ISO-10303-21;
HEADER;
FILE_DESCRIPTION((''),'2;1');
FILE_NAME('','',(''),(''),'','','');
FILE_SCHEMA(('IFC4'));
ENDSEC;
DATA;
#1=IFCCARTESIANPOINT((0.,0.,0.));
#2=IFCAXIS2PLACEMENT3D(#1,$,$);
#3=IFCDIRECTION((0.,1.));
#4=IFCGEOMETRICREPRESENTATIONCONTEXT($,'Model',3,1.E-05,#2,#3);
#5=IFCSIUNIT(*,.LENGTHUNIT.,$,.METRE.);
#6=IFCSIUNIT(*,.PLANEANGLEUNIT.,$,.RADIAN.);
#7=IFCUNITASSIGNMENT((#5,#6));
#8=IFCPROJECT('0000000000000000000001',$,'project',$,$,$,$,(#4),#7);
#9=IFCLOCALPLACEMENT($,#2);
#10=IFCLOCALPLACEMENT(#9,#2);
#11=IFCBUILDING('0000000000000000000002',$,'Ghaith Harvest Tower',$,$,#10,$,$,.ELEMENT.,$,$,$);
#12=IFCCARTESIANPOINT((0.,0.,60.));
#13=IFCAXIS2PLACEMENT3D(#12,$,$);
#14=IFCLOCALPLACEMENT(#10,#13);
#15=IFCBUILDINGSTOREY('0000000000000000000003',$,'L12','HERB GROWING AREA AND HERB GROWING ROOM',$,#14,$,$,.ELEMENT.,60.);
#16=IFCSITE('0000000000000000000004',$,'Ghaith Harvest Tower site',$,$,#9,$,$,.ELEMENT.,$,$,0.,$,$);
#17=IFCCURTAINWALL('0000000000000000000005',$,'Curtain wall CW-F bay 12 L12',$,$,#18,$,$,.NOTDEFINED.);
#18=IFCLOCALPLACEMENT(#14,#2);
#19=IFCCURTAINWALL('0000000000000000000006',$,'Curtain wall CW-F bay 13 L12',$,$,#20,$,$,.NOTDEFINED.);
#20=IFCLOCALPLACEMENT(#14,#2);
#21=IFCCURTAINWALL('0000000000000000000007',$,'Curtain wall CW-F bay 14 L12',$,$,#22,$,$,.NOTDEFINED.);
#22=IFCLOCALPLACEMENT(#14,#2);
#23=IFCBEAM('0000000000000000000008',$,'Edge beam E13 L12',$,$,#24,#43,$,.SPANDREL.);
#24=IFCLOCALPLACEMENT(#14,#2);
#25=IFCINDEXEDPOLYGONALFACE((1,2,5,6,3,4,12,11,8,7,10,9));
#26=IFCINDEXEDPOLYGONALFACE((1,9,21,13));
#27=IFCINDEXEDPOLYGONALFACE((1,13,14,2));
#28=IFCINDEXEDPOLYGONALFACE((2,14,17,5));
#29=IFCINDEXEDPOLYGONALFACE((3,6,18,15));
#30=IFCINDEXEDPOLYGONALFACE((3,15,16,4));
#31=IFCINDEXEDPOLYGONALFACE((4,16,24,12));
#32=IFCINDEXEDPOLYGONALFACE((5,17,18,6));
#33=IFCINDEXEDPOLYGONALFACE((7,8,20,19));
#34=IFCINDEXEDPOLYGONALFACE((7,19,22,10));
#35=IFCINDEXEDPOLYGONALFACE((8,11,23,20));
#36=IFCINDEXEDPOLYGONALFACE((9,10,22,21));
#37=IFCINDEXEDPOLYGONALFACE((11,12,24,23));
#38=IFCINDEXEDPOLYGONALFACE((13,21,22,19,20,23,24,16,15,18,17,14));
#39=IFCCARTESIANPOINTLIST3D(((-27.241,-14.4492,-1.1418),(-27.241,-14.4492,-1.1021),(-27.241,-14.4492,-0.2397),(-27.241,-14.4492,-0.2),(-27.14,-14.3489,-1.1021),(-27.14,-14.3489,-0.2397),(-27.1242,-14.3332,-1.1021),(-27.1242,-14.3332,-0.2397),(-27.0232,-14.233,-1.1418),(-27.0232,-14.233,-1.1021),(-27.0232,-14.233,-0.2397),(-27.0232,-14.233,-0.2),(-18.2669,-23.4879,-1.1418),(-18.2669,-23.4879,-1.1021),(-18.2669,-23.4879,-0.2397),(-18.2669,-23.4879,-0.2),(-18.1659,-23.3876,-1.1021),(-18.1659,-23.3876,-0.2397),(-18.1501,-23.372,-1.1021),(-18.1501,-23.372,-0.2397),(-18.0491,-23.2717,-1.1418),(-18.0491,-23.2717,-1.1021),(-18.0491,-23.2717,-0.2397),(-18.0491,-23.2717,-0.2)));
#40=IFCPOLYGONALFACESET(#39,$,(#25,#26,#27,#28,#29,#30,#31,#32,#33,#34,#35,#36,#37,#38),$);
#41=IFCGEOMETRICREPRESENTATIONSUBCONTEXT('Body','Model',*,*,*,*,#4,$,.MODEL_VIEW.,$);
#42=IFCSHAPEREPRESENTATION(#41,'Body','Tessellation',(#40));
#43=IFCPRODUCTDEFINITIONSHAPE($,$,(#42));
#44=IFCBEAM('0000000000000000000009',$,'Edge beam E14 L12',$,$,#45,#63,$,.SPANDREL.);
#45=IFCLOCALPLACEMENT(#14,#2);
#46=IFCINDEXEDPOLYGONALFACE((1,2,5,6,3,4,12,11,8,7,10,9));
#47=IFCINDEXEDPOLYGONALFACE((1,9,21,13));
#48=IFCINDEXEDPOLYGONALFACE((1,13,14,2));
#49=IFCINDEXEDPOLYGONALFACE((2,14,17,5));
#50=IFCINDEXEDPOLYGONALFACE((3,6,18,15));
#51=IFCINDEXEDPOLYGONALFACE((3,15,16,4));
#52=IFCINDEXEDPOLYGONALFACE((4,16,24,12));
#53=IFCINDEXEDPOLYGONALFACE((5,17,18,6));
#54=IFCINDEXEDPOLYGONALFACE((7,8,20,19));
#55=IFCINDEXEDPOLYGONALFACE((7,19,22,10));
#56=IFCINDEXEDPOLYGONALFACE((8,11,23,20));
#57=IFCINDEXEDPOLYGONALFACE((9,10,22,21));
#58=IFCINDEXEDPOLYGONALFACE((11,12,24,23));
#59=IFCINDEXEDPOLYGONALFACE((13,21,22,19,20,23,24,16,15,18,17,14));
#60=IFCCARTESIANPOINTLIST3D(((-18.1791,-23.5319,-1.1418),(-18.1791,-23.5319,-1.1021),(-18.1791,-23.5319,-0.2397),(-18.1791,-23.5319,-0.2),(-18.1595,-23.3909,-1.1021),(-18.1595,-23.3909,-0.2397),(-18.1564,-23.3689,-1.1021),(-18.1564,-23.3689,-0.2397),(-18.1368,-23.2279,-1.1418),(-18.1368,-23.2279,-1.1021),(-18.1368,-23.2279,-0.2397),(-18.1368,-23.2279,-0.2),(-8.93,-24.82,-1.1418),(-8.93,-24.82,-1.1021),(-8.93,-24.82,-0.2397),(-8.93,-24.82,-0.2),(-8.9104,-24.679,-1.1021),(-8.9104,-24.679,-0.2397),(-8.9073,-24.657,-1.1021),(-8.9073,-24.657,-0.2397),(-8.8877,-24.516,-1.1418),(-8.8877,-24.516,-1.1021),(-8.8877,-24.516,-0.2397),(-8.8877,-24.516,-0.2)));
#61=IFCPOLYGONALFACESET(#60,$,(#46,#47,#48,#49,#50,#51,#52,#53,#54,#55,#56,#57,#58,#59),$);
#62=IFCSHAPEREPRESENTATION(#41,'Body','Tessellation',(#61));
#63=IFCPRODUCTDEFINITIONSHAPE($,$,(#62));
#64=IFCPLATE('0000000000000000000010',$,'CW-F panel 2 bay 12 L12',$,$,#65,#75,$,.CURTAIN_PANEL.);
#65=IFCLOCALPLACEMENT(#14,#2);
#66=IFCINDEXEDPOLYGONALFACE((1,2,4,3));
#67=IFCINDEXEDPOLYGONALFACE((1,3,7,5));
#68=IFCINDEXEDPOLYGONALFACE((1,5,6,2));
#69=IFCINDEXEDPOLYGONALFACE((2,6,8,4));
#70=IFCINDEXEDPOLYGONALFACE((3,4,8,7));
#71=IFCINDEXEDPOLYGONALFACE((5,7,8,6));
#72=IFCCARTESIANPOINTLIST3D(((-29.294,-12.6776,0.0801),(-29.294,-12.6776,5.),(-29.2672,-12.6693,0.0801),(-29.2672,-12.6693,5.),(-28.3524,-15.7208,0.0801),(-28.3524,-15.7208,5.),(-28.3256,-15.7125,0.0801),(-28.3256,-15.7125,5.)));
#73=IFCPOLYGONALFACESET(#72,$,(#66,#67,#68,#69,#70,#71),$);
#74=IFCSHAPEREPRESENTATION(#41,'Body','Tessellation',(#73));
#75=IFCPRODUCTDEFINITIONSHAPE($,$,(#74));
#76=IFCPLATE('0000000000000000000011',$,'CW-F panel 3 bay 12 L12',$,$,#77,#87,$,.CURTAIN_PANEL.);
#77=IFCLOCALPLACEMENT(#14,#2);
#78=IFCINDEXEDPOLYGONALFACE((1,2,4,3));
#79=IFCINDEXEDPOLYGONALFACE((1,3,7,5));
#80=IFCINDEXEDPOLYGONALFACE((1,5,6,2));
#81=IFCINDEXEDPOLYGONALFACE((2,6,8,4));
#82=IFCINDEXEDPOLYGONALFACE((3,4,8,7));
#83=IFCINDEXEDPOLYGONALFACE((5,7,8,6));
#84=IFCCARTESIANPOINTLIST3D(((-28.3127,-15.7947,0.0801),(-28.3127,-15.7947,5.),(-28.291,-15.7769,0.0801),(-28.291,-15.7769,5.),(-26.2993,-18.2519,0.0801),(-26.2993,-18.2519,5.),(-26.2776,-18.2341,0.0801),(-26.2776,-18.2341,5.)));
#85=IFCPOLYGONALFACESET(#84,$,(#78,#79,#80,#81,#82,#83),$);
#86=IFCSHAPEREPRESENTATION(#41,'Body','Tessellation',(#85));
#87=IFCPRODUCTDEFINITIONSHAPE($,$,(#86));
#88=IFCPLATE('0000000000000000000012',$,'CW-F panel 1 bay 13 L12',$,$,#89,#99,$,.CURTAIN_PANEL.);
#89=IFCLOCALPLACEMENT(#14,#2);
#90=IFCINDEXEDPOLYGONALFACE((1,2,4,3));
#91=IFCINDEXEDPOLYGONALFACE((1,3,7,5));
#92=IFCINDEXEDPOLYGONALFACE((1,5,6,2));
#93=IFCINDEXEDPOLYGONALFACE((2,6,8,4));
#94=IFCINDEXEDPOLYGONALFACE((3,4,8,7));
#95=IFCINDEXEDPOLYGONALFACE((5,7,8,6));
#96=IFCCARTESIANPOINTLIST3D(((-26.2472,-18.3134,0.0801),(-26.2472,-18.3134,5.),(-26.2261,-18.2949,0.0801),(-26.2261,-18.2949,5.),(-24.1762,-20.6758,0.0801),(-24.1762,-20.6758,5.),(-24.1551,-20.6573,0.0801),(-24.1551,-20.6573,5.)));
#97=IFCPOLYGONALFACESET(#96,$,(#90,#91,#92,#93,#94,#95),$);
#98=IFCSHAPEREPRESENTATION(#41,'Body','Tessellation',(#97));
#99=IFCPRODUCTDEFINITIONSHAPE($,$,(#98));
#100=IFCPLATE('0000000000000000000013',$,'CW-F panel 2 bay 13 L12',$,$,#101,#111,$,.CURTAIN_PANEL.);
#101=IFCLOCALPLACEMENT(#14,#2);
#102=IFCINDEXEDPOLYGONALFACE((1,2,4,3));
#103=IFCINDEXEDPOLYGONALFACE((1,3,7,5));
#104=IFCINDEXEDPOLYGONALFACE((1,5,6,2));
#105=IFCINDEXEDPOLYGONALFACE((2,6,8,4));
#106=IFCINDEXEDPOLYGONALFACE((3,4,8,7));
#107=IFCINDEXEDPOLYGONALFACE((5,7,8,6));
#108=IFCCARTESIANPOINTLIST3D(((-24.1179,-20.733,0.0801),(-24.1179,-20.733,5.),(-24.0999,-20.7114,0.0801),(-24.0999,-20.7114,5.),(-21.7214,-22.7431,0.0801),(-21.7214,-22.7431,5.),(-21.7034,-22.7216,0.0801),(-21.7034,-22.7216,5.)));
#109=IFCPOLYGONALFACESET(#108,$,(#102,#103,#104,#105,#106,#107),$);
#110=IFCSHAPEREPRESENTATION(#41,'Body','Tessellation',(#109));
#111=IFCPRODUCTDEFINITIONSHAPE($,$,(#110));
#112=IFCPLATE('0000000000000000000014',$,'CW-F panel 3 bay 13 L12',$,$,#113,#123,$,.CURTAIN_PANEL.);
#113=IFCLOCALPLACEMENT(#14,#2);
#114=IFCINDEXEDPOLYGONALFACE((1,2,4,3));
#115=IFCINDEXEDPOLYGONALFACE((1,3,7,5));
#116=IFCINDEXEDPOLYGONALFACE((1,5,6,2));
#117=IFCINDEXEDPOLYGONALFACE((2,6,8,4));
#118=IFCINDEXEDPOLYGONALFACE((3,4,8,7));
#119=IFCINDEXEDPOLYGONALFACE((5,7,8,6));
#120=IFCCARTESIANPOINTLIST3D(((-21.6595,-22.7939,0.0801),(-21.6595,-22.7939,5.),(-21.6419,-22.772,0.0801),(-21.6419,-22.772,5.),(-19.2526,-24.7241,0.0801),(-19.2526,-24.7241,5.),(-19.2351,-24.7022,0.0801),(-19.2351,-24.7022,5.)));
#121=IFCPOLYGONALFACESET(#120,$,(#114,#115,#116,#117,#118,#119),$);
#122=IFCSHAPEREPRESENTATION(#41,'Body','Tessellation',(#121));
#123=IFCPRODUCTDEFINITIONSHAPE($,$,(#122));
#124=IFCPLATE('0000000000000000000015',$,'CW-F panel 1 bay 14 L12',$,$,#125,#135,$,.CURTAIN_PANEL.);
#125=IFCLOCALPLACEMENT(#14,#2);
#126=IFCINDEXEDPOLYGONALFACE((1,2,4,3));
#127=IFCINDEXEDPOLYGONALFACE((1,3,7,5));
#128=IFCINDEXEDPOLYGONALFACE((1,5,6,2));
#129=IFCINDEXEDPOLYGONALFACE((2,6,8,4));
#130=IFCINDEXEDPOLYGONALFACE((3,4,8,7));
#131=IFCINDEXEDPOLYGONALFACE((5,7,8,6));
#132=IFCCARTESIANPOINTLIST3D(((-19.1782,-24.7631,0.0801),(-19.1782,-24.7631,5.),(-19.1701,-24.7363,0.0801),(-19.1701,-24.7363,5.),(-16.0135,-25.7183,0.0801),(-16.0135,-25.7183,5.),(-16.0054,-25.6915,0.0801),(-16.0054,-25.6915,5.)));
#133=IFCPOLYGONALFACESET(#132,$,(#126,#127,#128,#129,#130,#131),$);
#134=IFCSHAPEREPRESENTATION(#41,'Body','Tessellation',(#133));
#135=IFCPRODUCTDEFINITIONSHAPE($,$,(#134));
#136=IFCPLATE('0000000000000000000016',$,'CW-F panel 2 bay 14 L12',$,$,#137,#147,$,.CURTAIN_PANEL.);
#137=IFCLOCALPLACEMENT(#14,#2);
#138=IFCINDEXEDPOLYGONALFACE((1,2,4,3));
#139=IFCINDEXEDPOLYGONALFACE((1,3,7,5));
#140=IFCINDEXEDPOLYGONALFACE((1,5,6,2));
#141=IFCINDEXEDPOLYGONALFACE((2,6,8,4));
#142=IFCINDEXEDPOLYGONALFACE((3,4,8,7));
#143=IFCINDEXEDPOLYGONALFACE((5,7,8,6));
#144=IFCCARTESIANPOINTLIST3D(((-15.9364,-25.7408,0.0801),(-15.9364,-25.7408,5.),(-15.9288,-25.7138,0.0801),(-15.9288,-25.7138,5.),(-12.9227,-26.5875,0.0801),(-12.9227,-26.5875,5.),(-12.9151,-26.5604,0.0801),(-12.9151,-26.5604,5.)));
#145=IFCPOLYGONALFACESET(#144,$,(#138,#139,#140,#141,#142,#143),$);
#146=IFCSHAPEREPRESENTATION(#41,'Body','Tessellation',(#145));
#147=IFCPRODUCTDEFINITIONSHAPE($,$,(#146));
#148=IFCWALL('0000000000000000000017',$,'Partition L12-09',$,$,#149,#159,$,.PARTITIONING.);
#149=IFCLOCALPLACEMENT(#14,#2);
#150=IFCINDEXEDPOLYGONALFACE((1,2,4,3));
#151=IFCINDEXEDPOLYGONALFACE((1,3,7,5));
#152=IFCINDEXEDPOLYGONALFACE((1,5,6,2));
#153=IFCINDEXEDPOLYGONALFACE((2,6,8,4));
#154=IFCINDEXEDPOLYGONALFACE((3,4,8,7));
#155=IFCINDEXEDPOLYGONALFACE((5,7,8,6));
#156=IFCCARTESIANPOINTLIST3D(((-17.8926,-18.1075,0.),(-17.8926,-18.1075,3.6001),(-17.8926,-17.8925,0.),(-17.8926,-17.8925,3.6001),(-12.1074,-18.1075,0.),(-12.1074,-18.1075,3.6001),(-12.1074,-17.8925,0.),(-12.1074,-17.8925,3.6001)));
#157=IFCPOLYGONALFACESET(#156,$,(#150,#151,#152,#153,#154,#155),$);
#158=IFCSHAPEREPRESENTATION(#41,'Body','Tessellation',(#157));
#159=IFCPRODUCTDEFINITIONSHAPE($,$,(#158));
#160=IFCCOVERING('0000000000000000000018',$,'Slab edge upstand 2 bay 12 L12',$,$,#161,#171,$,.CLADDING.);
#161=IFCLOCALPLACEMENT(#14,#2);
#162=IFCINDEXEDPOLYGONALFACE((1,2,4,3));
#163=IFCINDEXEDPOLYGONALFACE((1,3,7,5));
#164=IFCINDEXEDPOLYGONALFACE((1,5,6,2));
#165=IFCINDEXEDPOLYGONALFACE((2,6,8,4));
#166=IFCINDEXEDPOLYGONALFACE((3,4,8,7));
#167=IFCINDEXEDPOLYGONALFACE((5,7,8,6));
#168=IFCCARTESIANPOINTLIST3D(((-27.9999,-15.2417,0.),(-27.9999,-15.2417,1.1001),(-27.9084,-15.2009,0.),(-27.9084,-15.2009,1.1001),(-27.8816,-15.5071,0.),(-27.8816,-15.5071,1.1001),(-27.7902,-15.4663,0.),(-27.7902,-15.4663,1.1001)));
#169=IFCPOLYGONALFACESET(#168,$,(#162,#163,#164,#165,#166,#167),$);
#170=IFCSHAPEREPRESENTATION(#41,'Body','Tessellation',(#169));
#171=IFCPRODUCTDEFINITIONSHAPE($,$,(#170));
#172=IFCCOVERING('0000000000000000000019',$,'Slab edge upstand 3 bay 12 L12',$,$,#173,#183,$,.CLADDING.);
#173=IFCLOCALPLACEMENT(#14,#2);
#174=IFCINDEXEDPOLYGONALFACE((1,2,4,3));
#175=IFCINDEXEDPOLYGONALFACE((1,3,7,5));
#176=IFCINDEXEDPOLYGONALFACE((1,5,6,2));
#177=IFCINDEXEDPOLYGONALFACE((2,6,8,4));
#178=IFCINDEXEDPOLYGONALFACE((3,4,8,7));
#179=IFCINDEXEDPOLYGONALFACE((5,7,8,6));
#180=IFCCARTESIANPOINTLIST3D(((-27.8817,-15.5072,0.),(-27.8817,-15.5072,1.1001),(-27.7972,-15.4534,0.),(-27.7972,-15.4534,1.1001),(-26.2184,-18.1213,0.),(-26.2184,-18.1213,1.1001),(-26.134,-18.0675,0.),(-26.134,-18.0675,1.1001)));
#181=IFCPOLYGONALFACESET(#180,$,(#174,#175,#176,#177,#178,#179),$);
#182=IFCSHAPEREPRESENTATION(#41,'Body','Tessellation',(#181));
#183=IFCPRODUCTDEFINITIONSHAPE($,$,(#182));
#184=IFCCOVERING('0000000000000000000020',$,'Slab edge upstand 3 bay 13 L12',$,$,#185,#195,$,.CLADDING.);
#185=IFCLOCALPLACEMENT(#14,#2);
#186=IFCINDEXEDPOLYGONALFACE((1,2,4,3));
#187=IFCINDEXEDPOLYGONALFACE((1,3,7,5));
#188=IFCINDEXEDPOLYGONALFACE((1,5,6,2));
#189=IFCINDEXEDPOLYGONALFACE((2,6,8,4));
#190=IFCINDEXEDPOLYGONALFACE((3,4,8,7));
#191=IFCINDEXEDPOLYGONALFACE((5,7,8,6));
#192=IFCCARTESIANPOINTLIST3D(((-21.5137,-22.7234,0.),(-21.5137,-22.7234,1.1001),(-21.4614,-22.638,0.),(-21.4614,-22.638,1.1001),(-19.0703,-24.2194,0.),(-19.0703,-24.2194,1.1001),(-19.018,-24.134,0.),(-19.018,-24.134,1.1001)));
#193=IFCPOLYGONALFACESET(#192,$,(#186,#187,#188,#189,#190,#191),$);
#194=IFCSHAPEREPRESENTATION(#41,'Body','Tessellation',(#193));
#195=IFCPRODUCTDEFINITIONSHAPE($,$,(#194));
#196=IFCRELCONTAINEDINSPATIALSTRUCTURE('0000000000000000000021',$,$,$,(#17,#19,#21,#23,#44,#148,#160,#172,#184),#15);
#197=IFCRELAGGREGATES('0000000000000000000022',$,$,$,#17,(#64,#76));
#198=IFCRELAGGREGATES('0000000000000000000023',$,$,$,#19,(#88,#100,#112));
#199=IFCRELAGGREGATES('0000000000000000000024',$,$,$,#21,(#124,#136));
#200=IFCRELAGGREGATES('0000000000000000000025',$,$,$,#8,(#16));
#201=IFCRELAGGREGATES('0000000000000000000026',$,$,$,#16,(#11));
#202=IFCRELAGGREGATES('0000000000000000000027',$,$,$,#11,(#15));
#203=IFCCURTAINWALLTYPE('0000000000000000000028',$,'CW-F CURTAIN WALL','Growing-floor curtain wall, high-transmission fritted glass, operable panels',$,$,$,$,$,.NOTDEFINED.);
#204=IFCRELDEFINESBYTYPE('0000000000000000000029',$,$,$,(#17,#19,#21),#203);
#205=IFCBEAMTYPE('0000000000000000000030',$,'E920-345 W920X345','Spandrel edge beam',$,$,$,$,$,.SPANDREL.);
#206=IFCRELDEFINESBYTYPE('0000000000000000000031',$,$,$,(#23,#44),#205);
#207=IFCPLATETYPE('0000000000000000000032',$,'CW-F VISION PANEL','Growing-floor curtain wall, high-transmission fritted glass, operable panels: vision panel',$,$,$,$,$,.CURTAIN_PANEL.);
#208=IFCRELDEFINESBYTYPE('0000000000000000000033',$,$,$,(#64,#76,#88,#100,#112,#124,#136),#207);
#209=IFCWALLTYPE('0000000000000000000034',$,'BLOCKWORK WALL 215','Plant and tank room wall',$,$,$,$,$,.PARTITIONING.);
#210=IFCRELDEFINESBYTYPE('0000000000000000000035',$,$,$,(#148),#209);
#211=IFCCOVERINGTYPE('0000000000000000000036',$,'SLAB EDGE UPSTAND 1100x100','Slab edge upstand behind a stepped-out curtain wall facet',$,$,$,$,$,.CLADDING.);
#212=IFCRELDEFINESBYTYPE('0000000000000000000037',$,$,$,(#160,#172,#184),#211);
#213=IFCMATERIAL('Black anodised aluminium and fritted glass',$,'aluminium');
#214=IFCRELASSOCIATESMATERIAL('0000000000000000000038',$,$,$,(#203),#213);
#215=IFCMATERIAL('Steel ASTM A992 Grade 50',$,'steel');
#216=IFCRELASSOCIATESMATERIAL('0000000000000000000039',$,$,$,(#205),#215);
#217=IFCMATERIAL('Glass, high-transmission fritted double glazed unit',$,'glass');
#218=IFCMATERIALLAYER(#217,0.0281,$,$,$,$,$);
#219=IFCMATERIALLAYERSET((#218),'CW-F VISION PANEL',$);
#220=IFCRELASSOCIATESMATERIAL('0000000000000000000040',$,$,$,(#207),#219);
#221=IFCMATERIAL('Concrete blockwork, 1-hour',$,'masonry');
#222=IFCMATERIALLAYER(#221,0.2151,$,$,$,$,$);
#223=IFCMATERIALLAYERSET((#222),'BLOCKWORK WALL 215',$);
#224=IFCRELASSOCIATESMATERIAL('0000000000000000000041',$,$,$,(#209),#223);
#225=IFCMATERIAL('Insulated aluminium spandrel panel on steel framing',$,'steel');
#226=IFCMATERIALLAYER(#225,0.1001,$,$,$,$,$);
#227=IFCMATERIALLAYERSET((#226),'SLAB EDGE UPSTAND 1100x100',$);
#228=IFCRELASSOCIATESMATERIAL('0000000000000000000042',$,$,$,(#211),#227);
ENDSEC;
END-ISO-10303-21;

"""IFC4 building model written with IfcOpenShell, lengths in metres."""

from ifc_helpers import new_model, si_unit, direction, frame, frame_2d, origin, origin_2d, place, context, subcontext, project, spatial, rectangle, i_section, extrude, material, layer, layer_set, material_profile, profile_set, type_object, element, aggregate, save


model = new_model("IFC4")

# Units and contexts
model_context = context("Model", 3, precision=1e-05, world=origin(), true_north=direction((0.0, 1.0)))
body_context = subcontext(model_context, "Body", "Model", "MODEL_VIEW")
ifc_project = project(units=[si_unit("LENGTHUNIT", "METRE"), si_unit("PLANEANGLEUNIT", "RADIAN")], contexts=[model_context])

# Site, building, storey
site_placement = place(None, origin())
site = spatial("IfcSite", under=ifc_project, at=site_placement, Name="Ghaith Harvest Tower site", CompositionType="ELEMENT", RefElevation=0.0)
building_placement = place(site_placement, origin())
building = spatial("IfcBuilding", under=site, at=building_placement, Name="Ghaith Harvest Tower", CompositionType="ELEMENT")
storey_placement = place(building_placement, frame((0.0, 0.0, 60.0)))
storey = spatial("IfcBuildingStorey", under=building, at=storey_placement, Name="L12", Description="HERB GROWING AREA AND HERB GROWING ROOM", CompositionType="ELEMENT", Elevation=60.0)

# Curtain wall
ifc_material_1 = material(Name="Black anodised aluminium and fritted glass", Category="aluminium")
curtain_wall_type = type_object("IfcCurtainWallType", Name="CW-F CURTAIN WALL", Description="Growing-floor curtain wall, high-transmission fritted glass, operable panels", PredefinedType="NOTDEFINED", material=ifc_material_1)
curtain_wall_1_placement = place(storey_placement, origin())
curtain_wall_1 = element("IfcCurtainWall", 1, at=curtain_wall_1_placement, inside=storey, type_object=curtain_wall_type, Name="Curtain wall CW-F bay 12 L12", PredefinedType="NOTDEFINED")

# Curtain walls
curtain_wall_2_placement = place(storey_placement, origin())
curtain_wall_2 = element("IfcCurtainWall", 2, at=curtain_wall_2_placement, inside=storey, type_object=curtain_wall_type, Name="Curtain wall CW-F bay 13 L12", PredefinedType="NOTDEFINED")
curtain_wall_3_placement = place(storey_placement, origin())
curtain_wall_3 = element("IfcCurtainWall", 3, at=curtain_wall_3_placement, inside=storey, type_object=curtain_wall_type, Name="Curtain wall CW-F bay 14 L12", PredefinedType="NOTDEFINED")

# Beams
ifc_material_2 = material(Name="Steel ASTM A992 Grade 50", Category="steel")
ifc_material_profile_1 = material_profile(ifc_material_2, i_section(OverallWidth=0.3069, OverallDepth=0.9419, WebThickness=0.0222, FlangeThickness=0.0398, at=origin_2d()), Name="W920X345")
ifc_profile_set_1 = profile_set([ifc_material_profile_1], Name="Steel ASTM A992 Grade 50")
beam_type = type_object("IfcBeamType", Name="E920-345 W920X345", Description="Spandrel edge beam", PredefinedType="SPANDREL", material=ifc_profile_set_1)
beam_1_placement = place(storey_placement, frame((-27.1321, -14.3411, -0.6709), z_axis=(0.704563, -0.709642, 0.0), x_axis=(0.709642, 0.704563, 0.0)))
element("IfcBeam", 4, at=beam_1_placement, inside=storey, type_object=beam_type, Name="Edge beam E13 L12", PredefinedType="SPANDREL", context=body_context, shape_type="SweptSolid", body=[
    extrude(i_section(OverallWidth=0.3069, OverallDepth=0.9419, WebThickness=0.0222, FlangeThickness=0.0398, at=origin_2d()), origin(), (0.0, 0.0, 1.0), 12.7371),
])
beam_2_placement = place(storey_placement, frame((-18.158, -23.3799, -0.6709), z_axis=(0.990441, -0.137936, 0.0), x_axis=(0.137936, 0.990441, 0.0)))
element("IfcBeam", 5, at=beam_2_placement, inside=storey, type_object=beam_type, Name="Edge beam E14 L12", PredefinedType="SPANDREL", context=body_context, shape_type="SweptSolid", body=[
    extrude(i_section(OverallWidth=0.3069, OverallDepth=0.9419, WebThickness=0.0222, FlangeThickness=0.0398, at=origin_2d()), origin(), (0.0, 0.0, 1.0), 9.3384),
])

# Plates
ifc_material_3 = material(Name="Glass, high-transmission fritted double glazed unit", Category="glass")
ifc_layer_1 = layer(ifc_material_3, 0.0281)
ifc_layer_set_1 = layer_set([ifc_layer_1], Name="CW-F VISION PANEL")
plate_type = type_object("IfcPlateType", Name="CW-F VISION PANEL", Description="Growing-floor curtain wall, high-transmission fritted glass, operable panels: vision panel", PredefinedType="CURTAIN_PANEL", material=ifc_layer_set_1)
plate_1_placement = place(storey_placement, frame((-28.8098, -14.1951, 0.0801), z_axis=(0.0, 0.0, 1.0), x_axis=(0.295583, -0.955317, 0.0)))
plate_1 = element("IfcPlate", 6, at=plate_1_placement, type_object=plate_type, Name="CW-F panel 2 bay 12 L12", PredefinedType="CURTAIN_PANEL", context=body_context, shape_type="SweptSolid", body=[
    extrude(rectangle(XDim=3.1855, YDim=0.0281, at=origin_2d()), origin(), (0.0, 0.0, 1.0), 4.9199),
])
plate_2_placement = place(storey_placement, frame((-27.2952, -17.0144, 0.0801), z_axis=(0.0, 0.0, 1.0), x_axis=(0.63379, -0.773505, 0.0)))
plate_2 = element("IfcPlate", 7, at=plate_2_placement, type_object=plate_type, Name="CW-F panel 3 bay 12 L12", PredefinedType="CURTAIN_PANEL", context=body_context, shape_type="SweptSolid", body=[
    extrude(rectangle(XDim=3.1768, YDim=0.0281, at=origin_2d()), origin(), (0.0, 0.0, 1.0), 4.9199),
])
aggregate(curtain_wall_1, [plate_1, plate_2])
plate_3_placement = place(storey_placement, frame((-25.2012, -19.4854, 0.0801), z_axis=(0.0, 0.0, 1.0), x_axis=(0.659216, -0.751954, 0.0)))
plate_3 = element("IfcPlate", 8, at=plate_3_placement, type_object=plate_type, Name="CW-F panel 1 bay 13 L12", PredefinedType="CURTAIN_PANEL", context=body_context, shape_type="SweptSolid", body=[
    extrude(rectangle(XDim=3.1416, YDim=0.0281, at=origin_2d()), origin(), (0.0, 0.0, 1.0), 4.9199),
])
plate_4_placement = place(storey_placement, frame((-22.9106, -21.7273, 0.0801), z_axis=(0.0, 0.0, 1.0), x_axis=(0.766155, -0.642656, 0.0)))
plate_4 = element("IfcPlate", 9, at=plate_4_placement, type_object=plate_type, Name="CW-F panel 2 bay 13 L12", PredefinedType="CURTAIN_PANEL", context=body_context, shape_type="SweptSolid", body=[
    extrude(rectangle(XDim=3.1279, YDim=0.0281, at=origin_2d()), origin(), (0.0, 0.0, 1.0), 4.9199),
])
plate_5_placement = place(storey_placement, frame((-20.4473, -23.748, 0.0801), z_axis=(0.0, 0.0, 1.0), x_axis=(0.780122, -0.625627, 0.0)))
plate_5 = element("IfcPlate", 10, at=plate_5_placement, type_object=plate_type, Name="CW-F panel 3 bay 13 L12", PredefinedType="CURTAIN_PANEL", context=body_context, shape_type="SweptSolid", body=[
    extrude(rectangle(XDim=3.0852, YDim=0.0281, at=origin_2d()), origin(), (0.0, 0.0, 1.0), 4.9199),
])
aggregate(curtain_wall_2, [plate_3, plate_4, plate_5])
plate_6_placement = place(storey_placement, frame((-17.5918, -25.2273, 0.0801), z_axis=(0.0, 0.0, 1.0), x_axis=(0.957342, -0.288956, 0.0)))
plate_6 = element("IfcPlate", 11, at=plate_6_placement, type_object=plate_type, Name="CW-F panel 1 bay 14 L12", PredefinedType="CURTAIN_PANEL", context=body_context, shape_type="SweptSolid", body=[
    extrude(rectangle(XDim=3.3057, YDim=0.0281, at=origin_2d()), origin(), (0.0, 0.0, 1.0), 4.9199),
])
plate_7_placement = place(storey_placement, frame((-14.4258, -26.1506, 0.0801), z_axis=(0.0, 0.0, 1.0), x_axis=(0.96273, -0.270465, 0.0)))
plate_7 = element("IfcPlate", 12, at=plate_7_placement, type_object=plate_type, Name="CW-F panel 2 bay 14 L12", PredefinedType="CURTAIN_PANEL", context=body_context, shape_type="SweptSolid", body=[
    extrude(rectangle(XDim=3.1304, YDim=0.0281, at=origin_2d()), origin(), (0.0, 0.0, 1.0), 4.9199),
])
aggregate(curtain_wall_3, [plate_6, plate_7])

# Wall
ifc_material_4 = material(Name="Concrete blockwork, 1-hour", Category="masonry")
ifc_layer_2 = layer(ifc_material_4, 0.2151)
ifc_layer_set_2 = layer_set([ifc_layer_2], Name="BLOCKWORK WALL 215")
wall_type = type_object("IfcWallType", Name="BLOCKWORK WALL 215", Description="Plant and tank room wall", PredefinedType="PARTITIONING", material=ifc_layer_set_2)
wall_placement = place(storey_placement, frame((-17.8926, -18.0, 0.0), z_axis=(0.0, 0.0, 1.0), x_axis=(1.0, 0.0, 0.0)))
element("IfcWall", 13, at=wall_placement, inside=storey, type_object=wall_type, Name="Partition L12-09", PredefinedType="PARTITIONING", context=body_context, shape_type="SweptSolid", body=[
    extrude(rectangle(XDim=5.7852, YDim=0.2151, at=frame_2d((2.8926, 0.0))), origin(), (0.0, 0.0, 1.0), 3.6001),
])

# Coverings
ifc_material_5 = material(Name="Insulated aluminium spandrel panel on steel framing", Category="steel")
ifc_layer_3 = layer(ifc_material_5, 0.1001)
ifc_layer_set_3 = layer_set([ifc_layer_3], Name="SLAB EDGE UPSTAND 1100x100")
covering_type = type_object("IfcCoveringType", Name="SLAB EDGE UPSTAND 1100x100", Description="Slab edge upstand behind a stepped-out curtain wall facet", PredefinedType="CLADDING", material=ifc_layer_set_3)
covering_1_placement = place(storey_placement, frame((-27.895, -15.354, 0.0), z_axis=(0.0, 0.0, 1.0), x_axis=(0.407003, -0.913427, 0.0)))
element("IfcCovering", 14, at=covering_1_placement, inside=storey, type_object=covering_type, Name="Slab edge upstand 2 bay 12 L12", PredefinedType="CLADDING", context=body_context, shape_type="SweptSolid", body=[
    extrude(rectangle(XDim=0.2905, YDim=0.1001, at=origin_2d()), origin(), (0.0, 0.0, 1.0), 1.1001),
])
covering_2_placement = place(storey_placement, frame((-27.0078, -16.7874, 0.0), z_axis=(0.0, 0.0, 1.0), x_axis=(0.536807, -0.843705, 0.0)))
element("IfcCovering", 15, at=covering_2_placement, inside=storey, type_object=covering_type, Name="Slab edge upstand 3 bay 12 L12", PredefinedType="CLADDING", context=body_context, shape_type="SweptSolid", body=[
    extrude(rectangle(XDim=3.0984, YDim=0.1001, at=origin_2d()), origin(), (0.0, 0.0, 1.0), 1.1001),
])
covering_3_placement = place(storey_placement, frame((-20.2659, -23.4287, 0.0), z_axis=(0.0, 0.0, 1.0), x_axis=(0.852847, -0.522161, 0.0)))
element("IfcCovering", 16, at=covering_3_placement, inside=storey, type_object=covering_type, Name="Slab edge upstand 3 bay 13 L12", PredefinedType="CLADDING", context=body_context, shape_type="SweptSolid", body=[
    extrude(rectangle(XDim=2.865, YDim=0.1001, at=origin_2d()), origin(), (0.0, 0.0, 1.0), 1.1001),
])

save(model, "model.ifc")
